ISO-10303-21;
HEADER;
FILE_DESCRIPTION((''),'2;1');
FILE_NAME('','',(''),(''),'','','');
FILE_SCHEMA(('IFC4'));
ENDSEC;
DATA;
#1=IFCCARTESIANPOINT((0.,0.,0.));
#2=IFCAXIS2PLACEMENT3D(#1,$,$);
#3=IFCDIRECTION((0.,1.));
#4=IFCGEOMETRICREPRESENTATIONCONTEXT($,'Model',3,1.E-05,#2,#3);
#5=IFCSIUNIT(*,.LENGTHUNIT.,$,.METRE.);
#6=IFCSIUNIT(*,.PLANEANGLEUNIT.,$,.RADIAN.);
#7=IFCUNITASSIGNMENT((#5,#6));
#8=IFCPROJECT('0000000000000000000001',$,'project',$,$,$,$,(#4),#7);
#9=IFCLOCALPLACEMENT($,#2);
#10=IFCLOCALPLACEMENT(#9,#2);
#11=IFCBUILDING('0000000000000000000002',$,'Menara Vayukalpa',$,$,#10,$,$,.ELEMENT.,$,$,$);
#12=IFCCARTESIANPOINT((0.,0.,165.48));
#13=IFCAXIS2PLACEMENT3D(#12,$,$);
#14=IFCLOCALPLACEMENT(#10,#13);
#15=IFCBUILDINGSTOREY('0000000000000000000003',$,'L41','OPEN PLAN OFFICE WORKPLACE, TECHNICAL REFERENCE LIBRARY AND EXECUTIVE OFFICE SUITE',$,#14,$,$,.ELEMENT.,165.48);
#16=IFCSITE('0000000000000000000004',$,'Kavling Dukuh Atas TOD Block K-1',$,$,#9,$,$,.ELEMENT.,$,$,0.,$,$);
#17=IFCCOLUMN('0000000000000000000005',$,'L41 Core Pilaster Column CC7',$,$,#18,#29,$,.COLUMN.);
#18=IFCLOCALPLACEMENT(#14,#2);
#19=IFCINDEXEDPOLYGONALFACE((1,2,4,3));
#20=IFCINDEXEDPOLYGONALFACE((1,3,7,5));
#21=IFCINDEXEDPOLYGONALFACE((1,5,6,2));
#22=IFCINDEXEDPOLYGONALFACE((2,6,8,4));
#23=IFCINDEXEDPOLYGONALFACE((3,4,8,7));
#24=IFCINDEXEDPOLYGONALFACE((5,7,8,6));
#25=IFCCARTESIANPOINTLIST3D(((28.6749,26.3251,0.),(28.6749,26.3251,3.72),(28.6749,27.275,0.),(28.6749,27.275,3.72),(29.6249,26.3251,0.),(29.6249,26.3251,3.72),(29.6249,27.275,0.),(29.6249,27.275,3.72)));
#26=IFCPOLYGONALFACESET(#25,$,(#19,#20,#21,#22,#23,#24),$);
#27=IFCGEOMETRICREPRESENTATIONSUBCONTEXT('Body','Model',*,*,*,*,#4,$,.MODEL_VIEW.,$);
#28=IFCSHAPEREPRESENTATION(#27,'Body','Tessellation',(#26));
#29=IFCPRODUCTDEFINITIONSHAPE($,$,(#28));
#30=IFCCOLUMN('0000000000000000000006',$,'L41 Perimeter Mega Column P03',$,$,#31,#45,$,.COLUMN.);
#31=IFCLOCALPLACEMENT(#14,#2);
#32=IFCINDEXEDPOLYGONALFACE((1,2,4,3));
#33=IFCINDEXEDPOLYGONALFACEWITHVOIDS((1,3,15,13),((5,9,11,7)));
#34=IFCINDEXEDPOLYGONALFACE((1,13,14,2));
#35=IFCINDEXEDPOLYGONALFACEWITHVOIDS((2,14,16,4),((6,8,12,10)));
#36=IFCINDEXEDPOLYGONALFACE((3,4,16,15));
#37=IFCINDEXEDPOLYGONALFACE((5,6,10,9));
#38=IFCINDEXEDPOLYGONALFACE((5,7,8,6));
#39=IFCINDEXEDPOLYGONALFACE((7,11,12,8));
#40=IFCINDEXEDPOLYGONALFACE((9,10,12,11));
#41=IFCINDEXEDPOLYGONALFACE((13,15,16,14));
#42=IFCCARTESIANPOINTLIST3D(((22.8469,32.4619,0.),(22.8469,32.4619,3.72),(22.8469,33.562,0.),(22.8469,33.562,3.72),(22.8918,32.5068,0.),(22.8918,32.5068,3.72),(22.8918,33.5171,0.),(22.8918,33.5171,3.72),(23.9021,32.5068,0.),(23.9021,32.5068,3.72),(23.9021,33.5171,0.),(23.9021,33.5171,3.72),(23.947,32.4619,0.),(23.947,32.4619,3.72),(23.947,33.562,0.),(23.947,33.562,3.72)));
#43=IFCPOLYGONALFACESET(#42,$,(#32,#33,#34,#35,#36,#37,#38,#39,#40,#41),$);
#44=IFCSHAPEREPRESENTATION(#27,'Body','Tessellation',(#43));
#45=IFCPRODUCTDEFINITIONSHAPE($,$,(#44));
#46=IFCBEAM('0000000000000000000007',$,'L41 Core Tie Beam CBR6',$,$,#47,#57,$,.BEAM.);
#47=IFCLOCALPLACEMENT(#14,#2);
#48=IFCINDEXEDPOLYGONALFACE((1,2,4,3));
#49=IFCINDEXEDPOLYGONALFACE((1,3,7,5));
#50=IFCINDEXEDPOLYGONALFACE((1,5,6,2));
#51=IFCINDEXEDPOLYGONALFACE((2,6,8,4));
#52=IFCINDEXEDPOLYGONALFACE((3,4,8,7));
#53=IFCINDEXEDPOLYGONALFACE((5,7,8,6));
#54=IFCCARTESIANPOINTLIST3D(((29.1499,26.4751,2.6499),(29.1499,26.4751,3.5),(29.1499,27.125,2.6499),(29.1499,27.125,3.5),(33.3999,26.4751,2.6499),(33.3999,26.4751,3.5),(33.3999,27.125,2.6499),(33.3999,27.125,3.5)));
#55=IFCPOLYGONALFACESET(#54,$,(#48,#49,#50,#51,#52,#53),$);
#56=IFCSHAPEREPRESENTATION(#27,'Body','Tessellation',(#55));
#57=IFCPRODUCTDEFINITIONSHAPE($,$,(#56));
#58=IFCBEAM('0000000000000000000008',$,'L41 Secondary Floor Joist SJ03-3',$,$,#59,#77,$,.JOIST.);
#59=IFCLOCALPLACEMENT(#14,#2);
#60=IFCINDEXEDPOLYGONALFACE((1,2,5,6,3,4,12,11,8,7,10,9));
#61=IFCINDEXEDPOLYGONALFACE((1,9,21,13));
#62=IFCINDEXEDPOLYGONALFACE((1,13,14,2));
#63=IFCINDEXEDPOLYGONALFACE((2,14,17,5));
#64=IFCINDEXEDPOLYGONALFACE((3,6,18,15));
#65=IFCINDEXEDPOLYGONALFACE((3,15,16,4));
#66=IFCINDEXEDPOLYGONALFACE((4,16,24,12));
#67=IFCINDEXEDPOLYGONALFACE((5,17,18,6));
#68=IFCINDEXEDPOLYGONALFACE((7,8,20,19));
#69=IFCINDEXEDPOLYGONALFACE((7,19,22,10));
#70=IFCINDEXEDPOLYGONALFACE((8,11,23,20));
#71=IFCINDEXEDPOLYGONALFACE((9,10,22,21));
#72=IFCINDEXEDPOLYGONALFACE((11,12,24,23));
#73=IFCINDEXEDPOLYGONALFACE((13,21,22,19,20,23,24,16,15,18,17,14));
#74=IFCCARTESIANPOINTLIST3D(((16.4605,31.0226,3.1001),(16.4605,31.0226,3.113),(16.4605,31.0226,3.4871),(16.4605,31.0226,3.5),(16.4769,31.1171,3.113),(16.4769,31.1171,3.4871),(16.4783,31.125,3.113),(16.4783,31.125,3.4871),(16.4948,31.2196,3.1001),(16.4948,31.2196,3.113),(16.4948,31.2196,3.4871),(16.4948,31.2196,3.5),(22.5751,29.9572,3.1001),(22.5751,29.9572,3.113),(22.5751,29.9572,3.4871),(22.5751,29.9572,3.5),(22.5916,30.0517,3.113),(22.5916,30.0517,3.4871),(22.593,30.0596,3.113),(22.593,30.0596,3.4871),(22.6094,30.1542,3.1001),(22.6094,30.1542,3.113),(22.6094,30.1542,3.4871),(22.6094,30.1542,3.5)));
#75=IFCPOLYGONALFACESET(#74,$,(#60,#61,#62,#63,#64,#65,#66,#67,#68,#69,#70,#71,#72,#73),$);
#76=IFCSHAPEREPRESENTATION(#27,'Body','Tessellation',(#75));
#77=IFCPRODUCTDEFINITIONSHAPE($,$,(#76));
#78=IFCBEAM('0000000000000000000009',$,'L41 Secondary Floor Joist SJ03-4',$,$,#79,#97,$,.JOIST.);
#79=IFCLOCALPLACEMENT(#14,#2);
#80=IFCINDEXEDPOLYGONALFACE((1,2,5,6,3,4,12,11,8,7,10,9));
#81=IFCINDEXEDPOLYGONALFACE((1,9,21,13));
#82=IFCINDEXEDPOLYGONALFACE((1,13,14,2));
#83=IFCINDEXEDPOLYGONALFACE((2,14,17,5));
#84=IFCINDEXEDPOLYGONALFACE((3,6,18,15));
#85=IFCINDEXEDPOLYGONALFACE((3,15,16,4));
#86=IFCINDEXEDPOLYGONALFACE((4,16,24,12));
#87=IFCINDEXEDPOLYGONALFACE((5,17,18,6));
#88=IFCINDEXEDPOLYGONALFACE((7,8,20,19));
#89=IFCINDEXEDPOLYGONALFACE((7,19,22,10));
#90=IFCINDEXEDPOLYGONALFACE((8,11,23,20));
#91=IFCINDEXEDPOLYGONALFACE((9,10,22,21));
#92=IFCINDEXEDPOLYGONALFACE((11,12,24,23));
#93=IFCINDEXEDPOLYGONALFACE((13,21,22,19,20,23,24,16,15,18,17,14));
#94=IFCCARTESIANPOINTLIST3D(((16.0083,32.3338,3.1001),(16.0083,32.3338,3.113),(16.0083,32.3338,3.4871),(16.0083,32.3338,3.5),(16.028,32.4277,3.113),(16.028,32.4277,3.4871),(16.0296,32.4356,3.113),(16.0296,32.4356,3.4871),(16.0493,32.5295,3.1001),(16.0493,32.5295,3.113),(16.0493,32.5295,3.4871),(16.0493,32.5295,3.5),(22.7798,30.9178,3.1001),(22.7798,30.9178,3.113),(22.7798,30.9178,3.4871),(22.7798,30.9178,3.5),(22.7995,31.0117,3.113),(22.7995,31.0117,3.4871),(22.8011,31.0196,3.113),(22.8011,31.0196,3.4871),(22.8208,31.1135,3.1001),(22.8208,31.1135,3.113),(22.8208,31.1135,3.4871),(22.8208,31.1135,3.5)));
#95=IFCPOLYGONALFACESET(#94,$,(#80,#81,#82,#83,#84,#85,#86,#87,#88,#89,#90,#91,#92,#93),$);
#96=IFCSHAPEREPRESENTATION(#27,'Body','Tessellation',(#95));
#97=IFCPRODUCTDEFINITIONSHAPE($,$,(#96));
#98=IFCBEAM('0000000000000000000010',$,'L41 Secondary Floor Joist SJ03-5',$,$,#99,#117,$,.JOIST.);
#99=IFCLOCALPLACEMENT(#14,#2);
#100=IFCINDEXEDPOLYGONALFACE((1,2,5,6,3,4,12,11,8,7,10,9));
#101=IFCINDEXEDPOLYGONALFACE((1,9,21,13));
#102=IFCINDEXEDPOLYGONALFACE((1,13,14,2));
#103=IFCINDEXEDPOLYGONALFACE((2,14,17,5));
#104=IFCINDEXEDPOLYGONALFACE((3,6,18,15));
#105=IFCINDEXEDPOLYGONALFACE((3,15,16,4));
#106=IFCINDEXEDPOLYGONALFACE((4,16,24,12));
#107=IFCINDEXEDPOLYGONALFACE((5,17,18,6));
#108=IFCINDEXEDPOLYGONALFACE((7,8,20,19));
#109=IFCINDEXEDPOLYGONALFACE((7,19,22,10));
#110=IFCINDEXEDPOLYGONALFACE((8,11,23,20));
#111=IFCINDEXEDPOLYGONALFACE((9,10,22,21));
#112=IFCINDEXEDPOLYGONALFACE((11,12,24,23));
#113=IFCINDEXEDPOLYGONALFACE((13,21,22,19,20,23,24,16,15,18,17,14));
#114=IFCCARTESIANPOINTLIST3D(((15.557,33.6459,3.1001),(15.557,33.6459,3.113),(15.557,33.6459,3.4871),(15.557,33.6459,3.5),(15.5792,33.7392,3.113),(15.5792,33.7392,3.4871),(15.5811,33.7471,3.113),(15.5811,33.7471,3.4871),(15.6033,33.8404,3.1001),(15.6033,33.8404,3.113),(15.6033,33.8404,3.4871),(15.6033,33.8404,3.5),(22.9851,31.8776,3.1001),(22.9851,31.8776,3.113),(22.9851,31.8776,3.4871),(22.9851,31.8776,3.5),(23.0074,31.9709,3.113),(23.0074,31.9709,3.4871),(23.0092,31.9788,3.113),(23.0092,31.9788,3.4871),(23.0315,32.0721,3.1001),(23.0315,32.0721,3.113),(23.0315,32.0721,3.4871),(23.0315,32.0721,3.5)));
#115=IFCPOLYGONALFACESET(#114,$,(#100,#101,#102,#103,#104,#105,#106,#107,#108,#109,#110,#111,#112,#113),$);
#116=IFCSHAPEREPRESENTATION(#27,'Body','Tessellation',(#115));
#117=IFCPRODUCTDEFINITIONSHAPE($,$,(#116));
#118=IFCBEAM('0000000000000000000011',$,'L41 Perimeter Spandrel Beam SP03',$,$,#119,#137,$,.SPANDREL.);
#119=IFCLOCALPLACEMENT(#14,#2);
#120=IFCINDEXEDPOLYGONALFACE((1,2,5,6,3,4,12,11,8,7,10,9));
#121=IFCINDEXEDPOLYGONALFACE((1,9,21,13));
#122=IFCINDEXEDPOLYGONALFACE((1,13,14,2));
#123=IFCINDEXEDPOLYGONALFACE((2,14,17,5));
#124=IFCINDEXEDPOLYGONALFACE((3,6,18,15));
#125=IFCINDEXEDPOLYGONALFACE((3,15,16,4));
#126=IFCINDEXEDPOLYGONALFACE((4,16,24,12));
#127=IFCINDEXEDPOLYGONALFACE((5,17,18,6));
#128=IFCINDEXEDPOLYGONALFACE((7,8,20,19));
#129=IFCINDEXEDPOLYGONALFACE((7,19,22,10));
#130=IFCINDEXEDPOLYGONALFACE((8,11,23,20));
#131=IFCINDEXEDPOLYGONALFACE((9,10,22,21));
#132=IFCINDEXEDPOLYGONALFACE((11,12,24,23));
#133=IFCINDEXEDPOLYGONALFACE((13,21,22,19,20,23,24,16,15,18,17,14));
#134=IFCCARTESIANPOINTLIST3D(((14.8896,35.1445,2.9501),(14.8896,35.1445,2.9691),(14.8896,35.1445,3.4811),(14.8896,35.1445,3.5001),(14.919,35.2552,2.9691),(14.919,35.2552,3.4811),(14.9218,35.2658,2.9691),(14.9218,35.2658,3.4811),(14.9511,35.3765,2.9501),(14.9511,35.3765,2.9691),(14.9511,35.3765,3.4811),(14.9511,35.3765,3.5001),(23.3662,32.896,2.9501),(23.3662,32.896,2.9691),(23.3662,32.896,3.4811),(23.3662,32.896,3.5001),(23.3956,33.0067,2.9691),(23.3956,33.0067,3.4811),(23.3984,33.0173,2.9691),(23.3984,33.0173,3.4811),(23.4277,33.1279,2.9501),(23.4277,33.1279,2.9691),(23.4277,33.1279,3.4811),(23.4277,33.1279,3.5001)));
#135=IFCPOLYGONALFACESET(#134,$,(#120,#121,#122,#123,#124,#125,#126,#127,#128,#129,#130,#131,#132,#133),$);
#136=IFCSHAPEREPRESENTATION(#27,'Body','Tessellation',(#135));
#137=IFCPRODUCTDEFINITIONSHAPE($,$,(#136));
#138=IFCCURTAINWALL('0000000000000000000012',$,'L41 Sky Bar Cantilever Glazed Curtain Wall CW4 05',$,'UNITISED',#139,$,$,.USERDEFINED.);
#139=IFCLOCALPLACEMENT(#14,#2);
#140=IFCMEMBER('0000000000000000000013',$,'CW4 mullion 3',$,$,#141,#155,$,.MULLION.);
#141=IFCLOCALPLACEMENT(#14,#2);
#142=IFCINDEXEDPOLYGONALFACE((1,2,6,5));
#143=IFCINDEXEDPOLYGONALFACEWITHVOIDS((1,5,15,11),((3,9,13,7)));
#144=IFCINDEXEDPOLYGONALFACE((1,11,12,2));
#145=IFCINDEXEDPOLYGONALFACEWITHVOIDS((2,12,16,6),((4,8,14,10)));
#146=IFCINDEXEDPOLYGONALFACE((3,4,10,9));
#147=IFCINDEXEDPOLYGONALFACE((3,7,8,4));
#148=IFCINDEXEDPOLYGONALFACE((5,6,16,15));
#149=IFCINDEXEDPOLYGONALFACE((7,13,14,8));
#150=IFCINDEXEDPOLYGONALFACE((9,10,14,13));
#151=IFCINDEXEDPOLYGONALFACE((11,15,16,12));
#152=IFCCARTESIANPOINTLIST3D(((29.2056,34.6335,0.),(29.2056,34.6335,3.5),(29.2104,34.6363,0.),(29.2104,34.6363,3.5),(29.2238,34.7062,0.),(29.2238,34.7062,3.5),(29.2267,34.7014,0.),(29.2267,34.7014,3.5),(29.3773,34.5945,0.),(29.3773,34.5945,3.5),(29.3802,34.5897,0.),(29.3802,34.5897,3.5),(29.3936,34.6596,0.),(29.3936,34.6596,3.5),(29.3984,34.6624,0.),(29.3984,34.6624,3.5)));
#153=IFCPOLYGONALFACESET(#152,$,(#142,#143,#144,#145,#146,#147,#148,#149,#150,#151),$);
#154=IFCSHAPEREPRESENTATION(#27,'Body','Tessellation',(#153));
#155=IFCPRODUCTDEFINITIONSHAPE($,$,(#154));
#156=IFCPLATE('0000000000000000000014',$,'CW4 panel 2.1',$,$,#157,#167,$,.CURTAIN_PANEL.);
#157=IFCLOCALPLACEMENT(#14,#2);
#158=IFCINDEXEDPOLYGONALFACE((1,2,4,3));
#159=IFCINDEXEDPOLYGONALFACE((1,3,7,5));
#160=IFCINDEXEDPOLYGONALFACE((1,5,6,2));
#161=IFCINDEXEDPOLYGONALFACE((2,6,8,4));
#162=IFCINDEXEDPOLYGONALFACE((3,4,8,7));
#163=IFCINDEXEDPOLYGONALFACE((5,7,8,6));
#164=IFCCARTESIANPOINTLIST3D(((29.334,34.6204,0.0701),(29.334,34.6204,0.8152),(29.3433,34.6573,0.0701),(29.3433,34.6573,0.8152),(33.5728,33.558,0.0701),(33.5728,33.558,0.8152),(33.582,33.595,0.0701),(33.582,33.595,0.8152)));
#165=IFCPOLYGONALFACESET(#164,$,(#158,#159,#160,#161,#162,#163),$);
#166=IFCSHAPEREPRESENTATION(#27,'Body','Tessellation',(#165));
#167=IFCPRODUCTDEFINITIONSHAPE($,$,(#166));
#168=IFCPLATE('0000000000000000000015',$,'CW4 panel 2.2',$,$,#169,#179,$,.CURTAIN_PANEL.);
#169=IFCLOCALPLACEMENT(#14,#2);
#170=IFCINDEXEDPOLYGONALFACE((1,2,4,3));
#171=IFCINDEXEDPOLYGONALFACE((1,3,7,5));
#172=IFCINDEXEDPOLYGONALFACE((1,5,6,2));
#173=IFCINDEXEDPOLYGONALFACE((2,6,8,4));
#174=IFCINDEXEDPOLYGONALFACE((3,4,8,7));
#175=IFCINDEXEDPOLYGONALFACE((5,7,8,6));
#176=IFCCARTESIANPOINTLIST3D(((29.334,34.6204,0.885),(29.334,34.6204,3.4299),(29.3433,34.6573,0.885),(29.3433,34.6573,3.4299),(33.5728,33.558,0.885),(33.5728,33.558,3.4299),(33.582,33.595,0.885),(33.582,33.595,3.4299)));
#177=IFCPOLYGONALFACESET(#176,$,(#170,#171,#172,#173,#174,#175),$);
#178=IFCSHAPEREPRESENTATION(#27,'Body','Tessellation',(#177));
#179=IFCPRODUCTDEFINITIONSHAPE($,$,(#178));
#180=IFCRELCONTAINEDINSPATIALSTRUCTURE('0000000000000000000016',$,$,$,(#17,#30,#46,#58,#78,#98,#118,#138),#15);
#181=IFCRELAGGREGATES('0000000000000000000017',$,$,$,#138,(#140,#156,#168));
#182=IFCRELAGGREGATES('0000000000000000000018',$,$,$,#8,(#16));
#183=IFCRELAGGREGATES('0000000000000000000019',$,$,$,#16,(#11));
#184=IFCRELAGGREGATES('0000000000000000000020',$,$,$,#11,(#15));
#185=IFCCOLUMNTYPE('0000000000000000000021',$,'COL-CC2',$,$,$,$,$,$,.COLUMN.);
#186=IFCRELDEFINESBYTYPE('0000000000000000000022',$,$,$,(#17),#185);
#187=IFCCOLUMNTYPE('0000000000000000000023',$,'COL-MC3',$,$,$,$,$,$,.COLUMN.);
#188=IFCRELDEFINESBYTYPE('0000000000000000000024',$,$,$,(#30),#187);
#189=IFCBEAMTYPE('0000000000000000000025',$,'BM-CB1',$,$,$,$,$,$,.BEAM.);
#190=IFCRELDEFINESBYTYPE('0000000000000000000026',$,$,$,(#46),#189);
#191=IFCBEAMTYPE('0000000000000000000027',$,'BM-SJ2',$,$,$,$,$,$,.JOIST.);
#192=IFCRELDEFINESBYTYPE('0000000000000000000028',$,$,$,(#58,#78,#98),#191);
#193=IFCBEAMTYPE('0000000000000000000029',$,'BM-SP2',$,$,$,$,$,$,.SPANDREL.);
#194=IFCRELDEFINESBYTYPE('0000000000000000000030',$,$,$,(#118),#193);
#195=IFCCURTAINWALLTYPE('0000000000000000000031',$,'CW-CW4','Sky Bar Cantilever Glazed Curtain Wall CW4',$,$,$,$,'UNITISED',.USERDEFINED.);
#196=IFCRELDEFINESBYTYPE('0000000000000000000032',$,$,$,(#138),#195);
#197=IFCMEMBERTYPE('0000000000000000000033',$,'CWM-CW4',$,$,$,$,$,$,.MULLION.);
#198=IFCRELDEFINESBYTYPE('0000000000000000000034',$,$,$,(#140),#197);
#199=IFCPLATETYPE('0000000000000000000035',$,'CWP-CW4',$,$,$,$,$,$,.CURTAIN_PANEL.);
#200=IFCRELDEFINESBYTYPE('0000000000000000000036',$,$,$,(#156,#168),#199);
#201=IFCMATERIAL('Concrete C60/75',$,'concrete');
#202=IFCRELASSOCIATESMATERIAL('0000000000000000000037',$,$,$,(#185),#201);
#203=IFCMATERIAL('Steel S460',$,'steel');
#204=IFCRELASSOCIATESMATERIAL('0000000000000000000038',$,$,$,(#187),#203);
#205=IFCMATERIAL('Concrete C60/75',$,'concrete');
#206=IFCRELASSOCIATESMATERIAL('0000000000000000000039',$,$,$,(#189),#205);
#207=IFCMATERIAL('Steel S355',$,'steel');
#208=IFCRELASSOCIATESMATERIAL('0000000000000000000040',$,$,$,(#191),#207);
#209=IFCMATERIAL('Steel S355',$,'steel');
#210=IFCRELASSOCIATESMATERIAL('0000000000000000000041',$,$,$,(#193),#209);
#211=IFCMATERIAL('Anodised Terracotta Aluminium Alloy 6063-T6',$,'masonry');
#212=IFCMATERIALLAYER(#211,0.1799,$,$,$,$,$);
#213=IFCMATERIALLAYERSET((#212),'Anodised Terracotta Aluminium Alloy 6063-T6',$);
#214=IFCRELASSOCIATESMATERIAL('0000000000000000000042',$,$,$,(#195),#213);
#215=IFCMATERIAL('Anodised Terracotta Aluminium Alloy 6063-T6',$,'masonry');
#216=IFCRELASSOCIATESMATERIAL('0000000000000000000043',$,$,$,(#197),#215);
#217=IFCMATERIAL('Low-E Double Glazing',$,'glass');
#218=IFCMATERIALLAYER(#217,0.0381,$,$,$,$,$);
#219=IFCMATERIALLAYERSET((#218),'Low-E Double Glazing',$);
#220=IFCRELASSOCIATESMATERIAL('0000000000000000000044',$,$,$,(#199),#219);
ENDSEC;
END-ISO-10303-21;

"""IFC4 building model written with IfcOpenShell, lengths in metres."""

from ifc_helpers import new_model, si_unit, direction, frame, origin, origin_2d, place, context, subcontext, project, spatial, rectangle, hollow_rectangle, i_section, extrude, material, layer, layer_set, material_profile, profile_set, type_object, element, aggregate, save


model = new_model("IFC4")

# Units and contexts
model_context = context("Model", 3, precision=1e-05, world=origin(), true_north=direction((0.0, 1.0)))
body_context = subcontext(model_context, "Body", "Model", "MODEL_VIEW")
ifc_project = project(units=[si_unit("LENGTHUNIT", "METRE"), si_unit("PLANEANGLEUNIT", "RADIAN")], contexts=[model_context])

# Site, building, storey
site_placement = place(None, origin())
site = spatial("IfcSite", under=ifc_project, at=site_placement, Name="Kavling Dukuh Atas TOD Block K-1", CompositionType="ELEMENT", RefElevation=0.0)
building_placement = place(site_placement, origin())
building = spatial("IfcBuilding", under=site, at=building_placement, Name="Menara Vayukalpa", CompositionType="ELEMENT")
storey_placement = place(building_placement, frame((0.0, 0.0, 165.48)))
storey = spatial("IfcBuildingStorey", under=building, at=storey_placement, Name="L41", Description="OPEN PLAN OFFICE WORKPLACE, TECHNICAL REFERENCE LIBRARY AND EXECUTIVE OFFICE SUITE", CompositionType="ELEMENT", Elevation=165.48)

# Columns
ifc_material_1 = material(Name="Concrete C60/75", Category="concrete")
ifc_material_profile_1 = material_profile(ifc_material_1, rectangle(XDim=0.95, YDim=0.95, at=origin_2d()), Name="RC 950x950")
ifc_profile_set_1 = profile_set([ifc_material_profile_1], Name="Concrete C60/75")
column_type_1 = type_object("IfcColumnType", Name="COL-CC2", PredefinedType="COLUMN", material=ifc_profile_set_1)
column_1_placement = place(storey_placement, frame((29.1499, 26.8, 0.0), z_axis=(0.0, 0.0, 1.0), x_axis=(1.0, 0.0, 0.0)))
element("IfcColumn", 1, at=column_1_placement, inside=storey, type_object=column_type_1, Name="L41 Core Pilaster Column CC7", PredefinedType="COLUMN", context=body_context, shape_type="SweptSolid", body=[
    extrude(rectangle(XDim=0.95, YDim=0.95, at=origin_2d()), origin(), (0.0, 0.0, 1.0), 3.72),
])
ifc_material_2 = material(Name="Steel S460", Category="steel")
ifc_material_profile_2 = material_profile(ifc_material_2, hollow_rectangle(XDim=1.1001, YDim=1.1001, WallThickness=0.0449, at=origin_2d()), Name="BOX 1100x1100x45")
ifc_profile_set_2 = profile_set([ifc_material_profile_2], Name="Steel S460")
column_type_2 = type_object("IfcColumnType", Name="COL-MC3", PredefinedType="COLUMN", material=ifc_profile_set_2)
column_2_placement = place(storey_placement, frame((23.397, 33.012, 0.0), z_axis=(0.0, 0.0, 1.0), x_axis=(1.0, 0.0, 0.0)))
element("IfcColumn", 2, at=column_2_placement, inside=storey, type_object=column_type_2, Name="L41 Perimeter Mega Column P03", PredefinedType="COLUMN", context=body_context, shape_type="SweptSolid", body=[
    extrude(hollow_rectangle(XDim=1.1001, YDim=1.1001, WallThickness=0.0449, at=origin_2d()), origin(), (0.0, 0.0, 1.0), 3.72),
])

# Beams
ifc_material_3 = material(Name="Concrete C60/75", Category="concrete")
ifc_material_profile_3 = material_profile(ifc_material_3, rectangle(XDim=0.6499, YDim=0.8501, at=origin_2d()), Name="RC 650x850")
ifc_profile_set_3 = profile_set([ifc_material_profile_3], Name="Concrete C60/75")
beam_type_1 = type_object("IfcBeamType", Name="BM-CB1", PredefinedType="BEAM", material=ifc_profile_set_3)
beam_1_placement = place(storey_placement, frame((29.1499, 26.8, 3.075), z_axis=(1.0, 0.0, 0.0), x_axis=(0.0, 1.0, 0.0)))
element("IfcBeam", 3, at=beam_1_placement, inside=storey, type_object=beam_type_1, Name="L41 Core Tie Beam CBR6", PredefinedType="BEAM", context=body_context, shape_type="SweptSolid", body=[
    extrude(rectangle(XDim=0.6499, YDim=0.8501, at=origin_2d()), origin(), (0.0, 0.0, 1.0), 4.25),
])
ifc_material_4 = material(Name="Steel S355", Category="steel")
ifc_material_profile_4 = material_profile(ifc_material_4, i_section(OverallWidth=0.2, OverallDepth=0.3999, WebThickness=0.0081, FlangeThickness=0.0129, at=origin_2d()), Name="WF 400x200x8x13")
ifc_profile_set_4 = profile_set([ifc_material_profile_4], Name="Steel S355")
beam_type_2 = type_object("IfcBeamType", Name="BM-SJ2", PredefinedType="JOIST", material=ifc_profile_set_4)
beam_2_placement = place(storey_placement, frame((22.5923, 30.0557, 3.3), z_axis=(-0.985157, 0.171653, 0.0), x_axis=(-0.171653, -0.985157, 0.0)))
element("IfcBeam", 4, at=beam_2_placement, inside=storey, type_object=beam_type_2, Name="L41 Secondary Floor Joist SJ03-3", PredefinedType="JOIST", context=body_context, shape_type="SweptSolid", body=[
    extrude(i_section(OverallWidth=0.2, OverallDepth=0.3999, WebThickness=0.0081, FlangeThickness=0.0129, at=origin_2d()), origin(), (0.0, 0.0, 1.0), 6.2068),
])
beam_3_placement = place(storey_placement, frame((22.8003, 31.0156, 3.3), z_axis=(-0.978827, 0.204687, 0.0), x_axis=(-0.204687, -0.978827, 0.0)))
element("IfcBeam", 5, at=beam_3_placement, inside=storey, type_object=beam_type_2, Name="L41 Secondary Floor Joist SJ03-4", PredefinedType="JOIST", context=body_context, shape_type="SweptSolid", body=[
    extrude(i_section(OverallWidth=0.2, OverallDepth=0.3999, WebThickness=0.0081, FlangeThickness=0.0129, at=origin_2d()), origin(), (0.0, 0.0, 1.0), 6.918),
])
beam_4_placement = place(storey_placement, frame((23.0083, 31.9749, 3.3), z_axis=(-0.972815, 0.231582, 0.0), x_axis=(-0.231582, -0.972815, 0.0)))
element("IfcBeam", 6, at=beam_4_placement, inside=storey, type_object=beam_type_2, Name="L41 Secondary Floor Joist SJ03-5", PredefinedType="JOIST", context=body_context, shape_type="SweptSolid", body=[
    extrude(i_section(OverallWidth=0.2, OverallDepth=0.3999, WebThickness=0.0081, FlangeThickness=0.0129, at=origin_2d()), origin(), (0.0, 0.0, 1.0), 7.6357),
])
ifc_material_5 = material(Name="Steel S355", Category="steel")
ifc_material_profile_5 = material_profile(ifc_material_5, i_section(OverallWidth=0.24, OverallDepth=0.55, WebThickness=0.011, FlangeThickness=0.019, at=origin_2d()), Name="WF 550x240x11x19")
ifc_profile_set_5 = profile_set([ifc_material_profile_5], Name="Steel S355")
beam_type_3 = type_object("IfcBeamType", Name="BM-SP2", PredefinedType="SPANDREL", material=ifc_profile_set_5)
beam_5_placement = place(storey_placement, frame((23.397, 33.012, 3.2251), z_axis=(-0.966571, 0.256398, 0.0), x_axis=(-0.256398, -0.966571, 0.0)))
element("IfcBeam", 7, at=beam_5_placement, inside=storey, type_object=beam_type_3, Name="L41 Perimeter Spandrel Beam SP03", PredefinedType="SPANDREL", context=body_context, shape_type="SweptSolid", body=[
    extrude(i_section(OverallWidth=0.24, OverallDepth=0.55, WebThickness=0.011, FlangeThickness=0.019, at=origin_2d()), origin(), (0.0, 0.0, 1.0), 8.7698),
])

# Curtain wall, member, plates
ifc_material_6 = material(Name="Anodised Terracotta Aluminium Alloy 6063-T6", Category="masonry")
ifc_layer_1 = layer(ifc_material_6, 0.1799)
ifc_layer_set_1 = layer_set([ifc_layer_1], Name="Anodised Terracotta Aluminium Alloy 6063-T6")
curtain_wall_type = type_object("IfcCurtainWallType", Name="CW-CW4", Description="Sky Bar Cantilever Glazed Curtain Wall CW4", ElementType="UNITISED", PredefinedType="USERDEFINED", material=ifc_layer_set_1)
curtain_wall_placement = place(storey_placement, origin())
curtain_wall = element("IfcCurtainWall", 8, at=curtain_wall_placement, inside=storey, type_object=curtain_wall_type, Name="L41 Sky Bar Cantilever Glazed Curtain Wall CW4 05", ObjectType="UNITISED", PredefinedType="USERDEFINED")
ifc_material_7 = material(Name="Anodised Terracotta Aluminium Alloy 6063-T6", Category="masonry")
ifc_material_profile_6 = material_profile(ifc_material_7, hollow_rectangle(XDim=0.075, YDim=0.1799, WallThickness=0.0039, at=origin_2d()), Name="ALU 75x180x4")
ifc_profile_set_6 = profile_set([ifc_material_profile_6], Name="Anodised Terracotta Aluminium Alloy 6063-T6")
member_type = type_object("IfcMemberType", Name="CWM-CW4", PredefinedType="MULLION", material=ifc_profile_set_6)
member_placement = place(storey_placement, frame((29.302, 34.6479, 0.0), z_axis=(0.0, 0.0, 1.0), x_axis=(-0.243113, -0.969998, 0.0)))
member = element("IfcMember", 9, at=member_placement, type_object=member_type, Name="CW4 mullion 3", PredefinedType="MULLION", context=body_context, shape_type="SweptSolid", body=[
    extrude(hollow_rectangle(XDim=0.075, YDim=0.1799, WallThickness=0.0039, at=origin_2d()), origin(), (0.0, 0.0, 1.0), 3.5),
])
ifc_material_8 = material(Name="Low-E Double Glazing", Category="glass")
ifc_layer_2 = layer(ifc_material_8, 0.0381)
ifc_layer_set_2 = layer_set([ifc_layer_2], Name="Low-E Double Glazing")
plate_type = type_object("IfcPlateType", Name="CWP-CW4", PredefinedType="CURTAIN_PANEL", material=ifc_layer_set_2)
plate_1_placement = place(storey_placement, frame((31.458, 34.1077, 0.0701), z_axis=(0.0, 0.0, 1.0), x_axis=(-0.969998, 0.243113, 0.0)))
plate_1 = element("IfcPlate", 10, at=plate_1_placement, type_object=plate_type, Name="CW4 panel 2.1", PredefinedType="CURTAIN_PANEL", context=body_context, shape_type="SweptSolid", body=[
    extrude(rectangle(XDim=4.3699, YDim=0.0381, at=origin_2d()), origin(), (0.0, 0.0, 1.0), 0.7451),
])
plate_2_placement = place(storey_placement, frame((31.458, 34.1077, 0.885), z_axis=(0.0, 0.0, 1.0), x_axis=(-0.969998, 0.243113, 0.0)))
plate_2 = element("IfcPlate", 11, at=plate_2_placement, type_object=plate_type, Name="CW4 panel 2.2", PredefinedType="CURTAIN_PANEL", context=body_context, shape_type="SweptSolid", body=[
    extrude(rectangle(XDim=4.3699, YDim=0.0381, at=origin_2d()), origin(), (0.0, 0.0, 1.0), 2.5449),
])
aggregate(curtain_wall, [member, plate_1, plate_2])

save(model, "model.ifc")
